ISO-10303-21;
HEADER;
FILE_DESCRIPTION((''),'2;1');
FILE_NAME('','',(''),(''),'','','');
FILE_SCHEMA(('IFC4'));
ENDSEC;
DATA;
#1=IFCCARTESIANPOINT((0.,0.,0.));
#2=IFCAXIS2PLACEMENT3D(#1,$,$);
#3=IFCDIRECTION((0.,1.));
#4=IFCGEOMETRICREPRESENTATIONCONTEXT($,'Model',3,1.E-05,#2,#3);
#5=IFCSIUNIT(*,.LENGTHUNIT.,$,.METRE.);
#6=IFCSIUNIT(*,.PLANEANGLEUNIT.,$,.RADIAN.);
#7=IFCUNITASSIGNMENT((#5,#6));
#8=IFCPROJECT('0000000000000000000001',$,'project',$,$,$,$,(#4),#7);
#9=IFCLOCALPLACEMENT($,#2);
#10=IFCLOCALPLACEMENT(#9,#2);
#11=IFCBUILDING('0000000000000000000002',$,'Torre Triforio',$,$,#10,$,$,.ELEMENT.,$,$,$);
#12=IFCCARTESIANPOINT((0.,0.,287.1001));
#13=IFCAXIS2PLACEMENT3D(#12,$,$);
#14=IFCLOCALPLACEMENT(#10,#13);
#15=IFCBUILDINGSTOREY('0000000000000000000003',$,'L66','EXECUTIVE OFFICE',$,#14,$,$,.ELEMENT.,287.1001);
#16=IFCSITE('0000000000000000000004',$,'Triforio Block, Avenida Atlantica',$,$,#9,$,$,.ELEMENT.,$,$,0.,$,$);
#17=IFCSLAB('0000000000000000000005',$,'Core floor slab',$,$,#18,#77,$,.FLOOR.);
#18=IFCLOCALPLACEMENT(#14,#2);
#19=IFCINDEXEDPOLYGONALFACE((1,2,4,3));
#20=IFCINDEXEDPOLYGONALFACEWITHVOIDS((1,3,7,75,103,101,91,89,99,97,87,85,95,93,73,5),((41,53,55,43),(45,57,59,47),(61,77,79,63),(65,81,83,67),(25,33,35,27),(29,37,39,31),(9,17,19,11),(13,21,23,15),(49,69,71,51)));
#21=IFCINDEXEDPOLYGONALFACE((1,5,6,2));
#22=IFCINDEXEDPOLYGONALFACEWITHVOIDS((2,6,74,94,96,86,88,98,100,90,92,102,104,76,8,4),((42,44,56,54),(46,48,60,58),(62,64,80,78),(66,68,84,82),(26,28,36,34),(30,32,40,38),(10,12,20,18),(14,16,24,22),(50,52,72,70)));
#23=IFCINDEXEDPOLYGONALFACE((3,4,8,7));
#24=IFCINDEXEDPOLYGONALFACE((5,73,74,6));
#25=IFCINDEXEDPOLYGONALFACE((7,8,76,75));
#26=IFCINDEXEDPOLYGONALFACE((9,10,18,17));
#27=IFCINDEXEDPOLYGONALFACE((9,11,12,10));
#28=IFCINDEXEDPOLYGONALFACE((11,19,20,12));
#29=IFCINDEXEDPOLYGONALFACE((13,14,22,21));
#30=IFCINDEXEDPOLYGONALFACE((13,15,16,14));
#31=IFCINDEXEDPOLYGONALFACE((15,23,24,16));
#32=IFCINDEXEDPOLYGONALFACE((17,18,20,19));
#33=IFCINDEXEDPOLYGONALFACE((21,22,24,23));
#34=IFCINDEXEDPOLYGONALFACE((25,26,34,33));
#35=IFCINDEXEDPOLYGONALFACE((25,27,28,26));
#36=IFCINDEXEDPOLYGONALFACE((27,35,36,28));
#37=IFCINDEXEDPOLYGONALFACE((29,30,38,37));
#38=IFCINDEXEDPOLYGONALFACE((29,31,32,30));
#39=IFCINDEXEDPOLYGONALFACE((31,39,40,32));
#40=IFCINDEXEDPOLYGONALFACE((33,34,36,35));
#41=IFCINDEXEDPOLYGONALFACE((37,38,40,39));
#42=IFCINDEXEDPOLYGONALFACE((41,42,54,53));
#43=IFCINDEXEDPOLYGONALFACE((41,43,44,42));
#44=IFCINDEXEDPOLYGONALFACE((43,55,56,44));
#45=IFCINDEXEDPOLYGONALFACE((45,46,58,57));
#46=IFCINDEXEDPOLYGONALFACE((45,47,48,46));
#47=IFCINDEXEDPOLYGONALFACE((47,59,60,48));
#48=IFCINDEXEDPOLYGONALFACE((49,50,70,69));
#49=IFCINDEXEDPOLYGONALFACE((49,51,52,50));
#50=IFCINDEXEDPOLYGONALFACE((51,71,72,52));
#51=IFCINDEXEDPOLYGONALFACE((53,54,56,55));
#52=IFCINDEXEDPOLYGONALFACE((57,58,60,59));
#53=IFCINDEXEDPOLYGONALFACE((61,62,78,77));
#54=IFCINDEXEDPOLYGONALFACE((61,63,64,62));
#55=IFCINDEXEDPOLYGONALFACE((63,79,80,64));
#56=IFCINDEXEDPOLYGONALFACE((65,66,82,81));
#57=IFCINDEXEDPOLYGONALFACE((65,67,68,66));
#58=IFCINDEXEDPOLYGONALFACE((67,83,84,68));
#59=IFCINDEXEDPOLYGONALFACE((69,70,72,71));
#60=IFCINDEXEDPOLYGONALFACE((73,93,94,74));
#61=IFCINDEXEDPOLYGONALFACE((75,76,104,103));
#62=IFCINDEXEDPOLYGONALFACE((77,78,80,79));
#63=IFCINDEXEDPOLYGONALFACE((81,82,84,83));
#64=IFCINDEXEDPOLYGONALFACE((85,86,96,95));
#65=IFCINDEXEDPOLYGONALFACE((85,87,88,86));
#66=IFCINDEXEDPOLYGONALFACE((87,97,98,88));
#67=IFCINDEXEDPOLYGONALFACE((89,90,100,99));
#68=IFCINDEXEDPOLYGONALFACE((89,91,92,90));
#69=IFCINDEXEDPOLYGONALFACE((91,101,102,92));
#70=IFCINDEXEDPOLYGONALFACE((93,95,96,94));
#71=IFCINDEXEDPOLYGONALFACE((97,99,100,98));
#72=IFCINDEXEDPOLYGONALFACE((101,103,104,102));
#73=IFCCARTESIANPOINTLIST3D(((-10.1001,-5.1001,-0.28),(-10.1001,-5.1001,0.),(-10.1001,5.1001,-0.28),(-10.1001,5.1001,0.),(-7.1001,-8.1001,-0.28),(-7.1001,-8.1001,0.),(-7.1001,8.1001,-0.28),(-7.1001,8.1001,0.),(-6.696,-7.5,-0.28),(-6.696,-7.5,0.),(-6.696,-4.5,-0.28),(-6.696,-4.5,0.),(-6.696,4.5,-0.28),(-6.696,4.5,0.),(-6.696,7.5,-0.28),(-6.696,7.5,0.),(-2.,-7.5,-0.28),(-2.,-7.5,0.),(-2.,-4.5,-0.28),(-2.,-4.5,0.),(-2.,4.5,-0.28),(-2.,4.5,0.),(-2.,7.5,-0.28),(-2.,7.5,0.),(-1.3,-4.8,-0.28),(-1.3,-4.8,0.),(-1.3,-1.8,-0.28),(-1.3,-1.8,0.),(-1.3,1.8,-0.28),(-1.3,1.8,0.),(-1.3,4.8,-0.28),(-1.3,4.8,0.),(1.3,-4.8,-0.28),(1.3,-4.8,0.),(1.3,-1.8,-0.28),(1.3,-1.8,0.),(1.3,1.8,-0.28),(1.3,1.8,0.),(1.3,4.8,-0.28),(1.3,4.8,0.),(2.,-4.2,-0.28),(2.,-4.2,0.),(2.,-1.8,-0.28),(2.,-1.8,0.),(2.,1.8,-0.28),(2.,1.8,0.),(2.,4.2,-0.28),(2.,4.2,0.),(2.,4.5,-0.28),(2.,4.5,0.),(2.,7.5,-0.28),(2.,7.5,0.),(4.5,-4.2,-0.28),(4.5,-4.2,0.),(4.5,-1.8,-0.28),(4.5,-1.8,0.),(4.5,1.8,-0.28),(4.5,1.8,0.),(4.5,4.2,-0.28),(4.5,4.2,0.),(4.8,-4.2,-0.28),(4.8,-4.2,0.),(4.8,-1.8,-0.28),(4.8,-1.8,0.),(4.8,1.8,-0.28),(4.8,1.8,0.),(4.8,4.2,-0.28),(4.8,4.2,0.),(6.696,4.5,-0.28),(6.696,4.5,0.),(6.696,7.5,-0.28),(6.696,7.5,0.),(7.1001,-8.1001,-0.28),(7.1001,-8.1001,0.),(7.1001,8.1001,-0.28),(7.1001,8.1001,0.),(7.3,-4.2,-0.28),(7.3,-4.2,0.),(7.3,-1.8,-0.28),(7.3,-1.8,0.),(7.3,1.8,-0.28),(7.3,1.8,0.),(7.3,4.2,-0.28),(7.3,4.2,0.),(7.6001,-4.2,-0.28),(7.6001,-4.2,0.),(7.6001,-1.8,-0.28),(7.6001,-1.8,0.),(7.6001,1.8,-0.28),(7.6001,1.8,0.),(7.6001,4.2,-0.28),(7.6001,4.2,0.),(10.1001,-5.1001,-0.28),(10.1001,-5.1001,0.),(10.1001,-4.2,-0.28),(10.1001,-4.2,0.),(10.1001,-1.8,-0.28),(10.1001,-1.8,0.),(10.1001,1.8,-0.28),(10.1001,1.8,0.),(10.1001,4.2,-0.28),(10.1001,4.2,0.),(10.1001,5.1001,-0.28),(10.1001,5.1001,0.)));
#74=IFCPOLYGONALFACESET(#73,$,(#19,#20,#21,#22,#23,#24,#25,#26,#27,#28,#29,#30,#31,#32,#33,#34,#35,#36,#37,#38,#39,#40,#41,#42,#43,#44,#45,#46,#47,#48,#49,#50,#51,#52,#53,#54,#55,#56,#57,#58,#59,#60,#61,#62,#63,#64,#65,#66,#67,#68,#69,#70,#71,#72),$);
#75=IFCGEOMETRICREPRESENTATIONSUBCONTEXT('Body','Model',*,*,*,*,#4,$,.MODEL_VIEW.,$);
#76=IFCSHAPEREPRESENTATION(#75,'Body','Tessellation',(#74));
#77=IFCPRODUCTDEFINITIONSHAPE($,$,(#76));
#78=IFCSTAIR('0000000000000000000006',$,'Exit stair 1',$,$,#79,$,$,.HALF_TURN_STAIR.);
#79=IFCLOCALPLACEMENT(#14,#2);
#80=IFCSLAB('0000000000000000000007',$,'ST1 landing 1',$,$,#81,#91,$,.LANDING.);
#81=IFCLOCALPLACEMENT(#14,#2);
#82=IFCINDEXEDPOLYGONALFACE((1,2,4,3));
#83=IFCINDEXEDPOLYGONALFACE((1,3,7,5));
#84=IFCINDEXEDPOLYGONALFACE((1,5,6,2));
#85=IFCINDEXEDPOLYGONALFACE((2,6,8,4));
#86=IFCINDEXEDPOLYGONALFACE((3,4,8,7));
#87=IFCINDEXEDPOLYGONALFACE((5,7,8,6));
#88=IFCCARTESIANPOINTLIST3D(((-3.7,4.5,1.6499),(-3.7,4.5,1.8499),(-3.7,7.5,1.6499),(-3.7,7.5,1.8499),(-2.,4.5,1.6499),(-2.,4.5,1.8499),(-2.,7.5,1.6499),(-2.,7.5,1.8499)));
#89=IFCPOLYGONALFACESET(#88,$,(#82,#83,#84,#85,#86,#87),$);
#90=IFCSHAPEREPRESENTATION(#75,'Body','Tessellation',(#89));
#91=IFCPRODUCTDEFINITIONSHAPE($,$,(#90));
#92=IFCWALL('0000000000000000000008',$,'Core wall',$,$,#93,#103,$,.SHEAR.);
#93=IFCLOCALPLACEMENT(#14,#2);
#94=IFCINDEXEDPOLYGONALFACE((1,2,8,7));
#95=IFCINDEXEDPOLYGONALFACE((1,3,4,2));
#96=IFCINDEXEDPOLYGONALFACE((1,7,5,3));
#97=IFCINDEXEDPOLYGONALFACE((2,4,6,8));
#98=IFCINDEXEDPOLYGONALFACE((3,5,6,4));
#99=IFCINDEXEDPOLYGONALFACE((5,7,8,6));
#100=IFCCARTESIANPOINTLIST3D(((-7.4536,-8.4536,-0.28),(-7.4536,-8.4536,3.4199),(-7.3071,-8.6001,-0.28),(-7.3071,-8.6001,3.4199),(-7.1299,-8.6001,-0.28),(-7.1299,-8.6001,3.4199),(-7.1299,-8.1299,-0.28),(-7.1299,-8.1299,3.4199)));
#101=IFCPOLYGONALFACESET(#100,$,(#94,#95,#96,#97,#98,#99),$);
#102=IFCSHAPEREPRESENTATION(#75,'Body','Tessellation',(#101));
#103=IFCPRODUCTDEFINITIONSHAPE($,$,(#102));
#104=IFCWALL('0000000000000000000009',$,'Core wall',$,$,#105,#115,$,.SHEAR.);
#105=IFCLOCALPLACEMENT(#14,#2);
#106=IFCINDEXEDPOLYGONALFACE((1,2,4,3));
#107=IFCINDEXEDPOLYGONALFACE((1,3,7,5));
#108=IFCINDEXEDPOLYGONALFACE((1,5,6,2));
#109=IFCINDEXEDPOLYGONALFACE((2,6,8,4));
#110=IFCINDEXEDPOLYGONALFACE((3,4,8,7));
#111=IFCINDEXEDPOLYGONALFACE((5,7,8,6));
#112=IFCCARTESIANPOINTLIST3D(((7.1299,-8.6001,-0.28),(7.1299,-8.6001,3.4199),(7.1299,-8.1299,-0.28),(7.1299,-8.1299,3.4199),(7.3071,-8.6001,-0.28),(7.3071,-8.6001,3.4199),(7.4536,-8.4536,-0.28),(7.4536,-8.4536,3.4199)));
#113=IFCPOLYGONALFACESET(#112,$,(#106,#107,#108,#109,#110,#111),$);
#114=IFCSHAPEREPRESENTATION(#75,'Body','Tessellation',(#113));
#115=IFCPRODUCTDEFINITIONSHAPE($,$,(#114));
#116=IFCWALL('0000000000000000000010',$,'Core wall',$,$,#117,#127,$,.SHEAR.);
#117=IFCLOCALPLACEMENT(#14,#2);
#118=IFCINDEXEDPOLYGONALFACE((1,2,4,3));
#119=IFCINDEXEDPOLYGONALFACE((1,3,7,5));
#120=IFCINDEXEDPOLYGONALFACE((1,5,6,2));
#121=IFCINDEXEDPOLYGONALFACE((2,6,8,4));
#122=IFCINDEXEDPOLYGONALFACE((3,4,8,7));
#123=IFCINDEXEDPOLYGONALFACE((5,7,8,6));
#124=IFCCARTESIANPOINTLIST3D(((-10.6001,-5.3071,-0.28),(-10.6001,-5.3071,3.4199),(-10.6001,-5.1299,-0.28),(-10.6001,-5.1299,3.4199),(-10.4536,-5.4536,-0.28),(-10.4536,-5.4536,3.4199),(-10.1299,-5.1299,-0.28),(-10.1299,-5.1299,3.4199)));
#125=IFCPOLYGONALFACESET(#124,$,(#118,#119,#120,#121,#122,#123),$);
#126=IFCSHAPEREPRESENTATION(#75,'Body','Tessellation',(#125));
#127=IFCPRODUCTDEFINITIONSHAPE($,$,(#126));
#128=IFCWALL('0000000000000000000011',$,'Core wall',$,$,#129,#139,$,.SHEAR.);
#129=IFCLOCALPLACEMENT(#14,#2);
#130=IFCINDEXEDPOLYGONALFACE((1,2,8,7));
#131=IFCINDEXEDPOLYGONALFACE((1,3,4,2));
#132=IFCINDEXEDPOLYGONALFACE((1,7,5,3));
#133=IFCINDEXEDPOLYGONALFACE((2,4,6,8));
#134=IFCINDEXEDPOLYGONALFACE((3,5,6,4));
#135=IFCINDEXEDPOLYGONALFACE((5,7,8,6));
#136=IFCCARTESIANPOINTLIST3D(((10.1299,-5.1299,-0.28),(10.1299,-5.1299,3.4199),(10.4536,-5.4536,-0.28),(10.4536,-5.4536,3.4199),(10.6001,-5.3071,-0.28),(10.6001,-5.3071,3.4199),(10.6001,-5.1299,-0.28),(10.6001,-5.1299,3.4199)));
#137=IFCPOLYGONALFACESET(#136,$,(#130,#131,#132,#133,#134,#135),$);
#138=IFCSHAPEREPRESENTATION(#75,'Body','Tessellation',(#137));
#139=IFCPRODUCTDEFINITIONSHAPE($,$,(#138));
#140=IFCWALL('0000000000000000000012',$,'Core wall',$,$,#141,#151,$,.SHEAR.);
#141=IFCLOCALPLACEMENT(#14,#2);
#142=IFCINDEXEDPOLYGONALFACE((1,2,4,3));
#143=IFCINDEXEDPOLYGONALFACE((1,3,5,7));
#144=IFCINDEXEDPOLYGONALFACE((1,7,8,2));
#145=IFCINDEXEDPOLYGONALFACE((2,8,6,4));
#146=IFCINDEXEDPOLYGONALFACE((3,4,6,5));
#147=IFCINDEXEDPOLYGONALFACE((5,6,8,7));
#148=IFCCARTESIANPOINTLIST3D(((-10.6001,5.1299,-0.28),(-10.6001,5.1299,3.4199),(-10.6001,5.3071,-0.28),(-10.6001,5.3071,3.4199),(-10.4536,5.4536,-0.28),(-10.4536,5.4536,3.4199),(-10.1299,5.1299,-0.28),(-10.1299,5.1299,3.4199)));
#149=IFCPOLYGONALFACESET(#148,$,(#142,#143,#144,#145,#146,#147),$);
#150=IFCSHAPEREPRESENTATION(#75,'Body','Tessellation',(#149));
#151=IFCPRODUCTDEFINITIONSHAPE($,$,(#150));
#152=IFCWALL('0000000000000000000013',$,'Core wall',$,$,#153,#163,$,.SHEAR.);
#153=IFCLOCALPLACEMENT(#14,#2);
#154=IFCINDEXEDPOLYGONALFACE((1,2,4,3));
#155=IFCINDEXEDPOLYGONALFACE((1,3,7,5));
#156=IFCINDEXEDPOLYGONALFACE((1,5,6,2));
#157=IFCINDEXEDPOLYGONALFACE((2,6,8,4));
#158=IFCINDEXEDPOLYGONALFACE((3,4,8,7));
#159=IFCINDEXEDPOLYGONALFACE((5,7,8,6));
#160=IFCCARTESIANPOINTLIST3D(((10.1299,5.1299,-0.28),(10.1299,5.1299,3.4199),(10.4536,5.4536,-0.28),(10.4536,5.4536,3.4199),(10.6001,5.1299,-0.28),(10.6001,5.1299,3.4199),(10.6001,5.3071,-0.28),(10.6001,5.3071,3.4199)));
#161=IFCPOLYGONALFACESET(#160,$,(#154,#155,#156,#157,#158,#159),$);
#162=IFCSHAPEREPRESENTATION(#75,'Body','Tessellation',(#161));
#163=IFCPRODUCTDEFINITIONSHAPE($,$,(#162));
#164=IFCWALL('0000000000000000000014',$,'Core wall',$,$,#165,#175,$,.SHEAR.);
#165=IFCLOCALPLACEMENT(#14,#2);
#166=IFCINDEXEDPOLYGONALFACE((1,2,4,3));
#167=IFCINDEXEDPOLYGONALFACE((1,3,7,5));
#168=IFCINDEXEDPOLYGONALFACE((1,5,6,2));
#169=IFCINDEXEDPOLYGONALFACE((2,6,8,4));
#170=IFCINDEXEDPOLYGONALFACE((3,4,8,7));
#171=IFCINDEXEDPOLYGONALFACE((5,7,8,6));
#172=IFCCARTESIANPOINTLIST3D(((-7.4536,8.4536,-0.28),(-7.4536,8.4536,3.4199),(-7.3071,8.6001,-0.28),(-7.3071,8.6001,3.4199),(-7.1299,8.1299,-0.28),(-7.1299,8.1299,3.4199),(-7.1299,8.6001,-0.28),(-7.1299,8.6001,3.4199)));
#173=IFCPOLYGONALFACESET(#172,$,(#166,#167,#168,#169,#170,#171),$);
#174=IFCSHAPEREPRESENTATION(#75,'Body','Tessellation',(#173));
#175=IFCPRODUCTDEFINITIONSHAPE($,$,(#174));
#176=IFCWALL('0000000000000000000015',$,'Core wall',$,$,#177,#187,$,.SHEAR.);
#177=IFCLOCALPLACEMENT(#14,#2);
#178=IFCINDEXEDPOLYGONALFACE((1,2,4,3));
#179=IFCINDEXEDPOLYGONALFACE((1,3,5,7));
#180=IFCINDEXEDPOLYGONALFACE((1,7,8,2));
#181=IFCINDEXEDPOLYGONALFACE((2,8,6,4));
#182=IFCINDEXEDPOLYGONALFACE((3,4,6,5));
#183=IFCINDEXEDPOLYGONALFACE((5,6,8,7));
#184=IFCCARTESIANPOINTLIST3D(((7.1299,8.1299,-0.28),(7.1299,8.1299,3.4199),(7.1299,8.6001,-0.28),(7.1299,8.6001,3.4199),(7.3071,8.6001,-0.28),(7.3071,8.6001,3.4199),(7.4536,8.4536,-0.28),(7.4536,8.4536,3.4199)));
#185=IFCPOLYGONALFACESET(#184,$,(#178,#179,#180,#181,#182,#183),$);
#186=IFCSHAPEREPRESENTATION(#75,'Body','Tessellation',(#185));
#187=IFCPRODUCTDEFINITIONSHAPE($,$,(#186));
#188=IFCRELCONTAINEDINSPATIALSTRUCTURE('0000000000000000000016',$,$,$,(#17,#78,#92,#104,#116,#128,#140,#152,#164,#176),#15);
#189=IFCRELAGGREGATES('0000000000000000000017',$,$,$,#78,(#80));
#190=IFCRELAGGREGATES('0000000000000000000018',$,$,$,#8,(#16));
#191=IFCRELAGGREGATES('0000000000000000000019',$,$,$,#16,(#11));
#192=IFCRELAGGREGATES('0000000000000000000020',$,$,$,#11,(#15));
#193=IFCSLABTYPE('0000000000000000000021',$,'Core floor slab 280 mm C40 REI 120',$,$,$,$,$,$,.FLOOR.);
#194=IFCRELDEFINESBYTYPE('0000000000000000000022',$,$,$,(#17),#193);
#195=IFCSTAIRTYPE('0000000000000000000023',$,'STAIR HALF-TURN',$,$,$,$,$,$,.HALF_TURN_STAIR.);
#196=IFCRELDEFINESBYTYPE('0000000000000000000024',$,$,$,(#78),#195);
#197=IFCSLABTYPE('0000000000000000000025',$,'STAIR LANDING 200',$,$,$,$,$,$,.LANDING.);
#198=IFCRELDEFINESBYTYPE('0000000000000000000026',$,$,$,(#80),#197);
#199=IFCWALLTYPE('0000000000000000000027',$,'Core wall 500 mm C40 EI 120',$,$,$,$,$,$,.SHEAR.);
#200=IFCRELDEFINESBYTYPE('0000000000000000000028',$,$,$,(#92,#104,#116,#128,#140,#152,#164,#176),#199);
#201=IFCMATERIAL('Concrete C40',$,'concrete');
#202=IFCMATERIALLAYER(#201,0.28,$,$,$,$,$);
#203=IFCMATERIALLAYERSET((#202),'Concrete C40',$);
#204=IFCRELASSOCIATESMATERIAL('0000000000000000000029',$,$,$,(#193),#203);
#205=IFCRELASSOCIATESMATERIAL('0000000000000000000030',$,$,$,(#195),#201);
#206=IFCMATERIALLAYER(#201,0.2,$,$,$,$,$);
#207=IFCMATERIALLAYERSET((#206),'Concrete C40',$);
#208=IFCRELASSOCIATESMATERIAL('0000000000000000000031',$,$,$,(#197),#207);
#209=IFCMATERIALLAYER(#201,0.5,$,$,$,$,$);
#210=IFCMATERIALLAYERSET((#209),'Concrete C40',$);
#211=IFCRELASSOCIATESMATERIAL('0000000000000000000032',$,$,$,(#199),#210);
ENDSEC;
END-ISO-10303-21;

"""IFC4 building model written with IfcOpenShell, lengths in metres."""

from ifc_helpers import new_model, si_unit, direction, frame, origin, place, context, subcontext, project, spatial, polyline, outline, extrude, material, layer, layer_set, type_object, element, aggregate, save


model = new_model("IFC4")

# Units and contexts
model_context = context("Model", 3, precision=1e-05, world=origin(), true_north=direction((0.0, 1.0)))
body_context = subcontext(model_context, "Body", "Model", "MODEL_VIEW")
ifc_project = project(units=[si_unit("LENGTHUNIT", "METRE"), si_unit("PLANEANGLEUNIT", "RADIAN")], contexts=[model_context])

# Site, building, storey
site_placement = place(None, origin())
site = spatial("IfcSite", under=ifc_project, at=site_placement, Name="Triforio Block, Avenida Atlantica", CompositionType="ELEMENT", RefElevation=0.0)
building_placement = place(site_placement, origin())
building = spatial("IfcBuilding", under=site, at=building_placement, Name="Torre Triforio", CompositionType="ELEMENT")
storey_placement = place(building_placement, frame((0.0, 0.0, 287.1001)))
storey = spatial("IfcBuildingStorey", under=building, at=storey_placement, Name="L66", Description="EXECUTIVE OFFICE", CompositionType="ELEMENT", Elevation=287.1001)

# Slab
ifc_material_1 = material(Name="Concrete C40", Category="concrete")
ifc_layer_1 = layer(ifc_material_1, 0.28)
ifc_layer_set_1 = layer_set([ifc_layer_1], Name="Concrete C40")
slab_type_1 = type_object("IfcSlabType", Name="Core floor slab 280 mm C40 REI 120", PredefinedType="FLOOR", material=ifc_layer_set_1)
slab_1_placement = place(storey_placement, frame((0.0, 0.0, -0.28)))
element("IfcSlab", 1, at=slab_1_placement, inside=storey, type_object=slab_type_1, Name="Core floor slab", PredefinedType="FLOOR", context=body_context, shape_type="SweptSolid", body=[
    extrude(outline(polyline([(10.1001, -5.1001), (7.1001, -8.1001), (-7.1001, -8.1001), (-10.1001, -5.1001), (-10.1001, 5.1001), (-7.1001, 8.1001), (7.1001, 8.1001), (10.1001, 5.1001), (10.1001, 4.2), (7.6001, 4.2), (7.6001, 1.8), (10.1001, 1.8), (10.1001, -1.8), (7.6001, -1.8), (7.6001, -4.2), (10.1001, -4.2), (10.1001, -5.1001)]), holes=[polyline([(-6.696, -4.5), (-6.696, -7.5), (-2.0, -7.5), (-2.0, -4.5), (-6.696, -4.5)]), polyline([(-1.3, -1.8), (-1.3, -4.8), (1.3, -4.8), (1.3, -1.8), (-1.3, -1.8)]), polyline([(2.0, -1.8), (2.0, -4.2), (4.5, -4.2), (4.5, -1.8), (2.0, -1.8)]), polyline([(4.5, 4.2), (2.0, 4.2), (2.0, 1.8), (4.5, 1.8), (4.5, 4.2)]), polyline([(1.3, 4.8), (-1.3, 4.8), (-1.3, 1.8), (1.3, 1.8), (1.3, 4.8)]), polyline([(-6.696, 7.5), (-6.696, 4.5), (-2.0, 4.5), (-2.0, 7.5), (-6.696, 7.5)]), polyline([(7.3, -1.8), (4.8, -1.8), (4.8, -4.2), (7.3, -4.2), (7.3, -1.8)]), polyline([(4.8, 4.2), (4.8, 1.8), (7.3, 1.8), (7.3, 4.2), (4.8, 4.2)]), polyline([(6.696, 7.5), (2.0, 7.5), (2.0, 4.5), (6.696, 4.5), (6.696, 7.5)])]), origin(), (0.0, 0.0, 1.0), 0.28),
])

# Stair, slab
stair_type = type_object("IfcStairType", Name="STAIR HALF-TURN", PredefinedType="HALF_TURN_STAIR", material=ifc_material_1)
stair_placement = place(storey_placement, origin())
stair = element("IfcStair", 2, at=stair_placement, inside=storey, type_object=stair_type, Name="Exit stair 1", PredefinedType="HALF_TURN_STAIR")
ifc_layer_2 = layer(ifc_material_1, 0.2)
ifc_layer_set_2 = layer_set([ifc_layer_2], Name="Concrete C40")
slab_type_2 = type_object("IfcSlabType", Name="STAIR LANDING 200", PredefinedType="LANDING", material=ifc_layer_set_2)
slab_2_placement = place(storey_placement, frame((0.0, 0.0, 1.6499)))
slab_2 = element("IfcSlab", 3, at=slab_2_placement, type_object=slab_type_2, Name="ST1 landing 1", PredefinedType="LANDING", context=body_context, shape_type="SweptSolid", body=[
    extrude(outline(polyline([(-2.0, 4.5), (-2.0, 7.5), (-3.7, 7.5), (-3.7, 4.5), (-2.0, 4.5)])), origin(), (0.0, 0.0, 1.0), 0.2),
])
aggregate(stair, [slab_2])

# Walls
ifc_layer_3 = layer(ifc_material_1, 0.5)
ifc_layer_set_3 = layer_set([ifc_layer_3], Name="Concrete C40")
wall_type_1 = type_object("IfcWallType", Name="Core wall 500 mm C40 EI 120", PredefinedType="SHEAR", material=ifc_layer_set_3)
wall_1_placement = place(storey_placement, frame((0.0, 0.0, -0.28)))
element("IfcWall", 4, at=wall_1_placement, inside=storey, type_object=wall_type_1, Name="Core wall", PredefinedType="SHEAR", context=body_context, shape_type="SweptSolid", body=[
    extrude(outline(polyline([(-7.3071, -8.6001), (-7.4536, -8.4536), (-7.1299, -8.1299), (-7.1299, -8.6001), (-7.3071, -8.6001)])), origin(), (0.0, 0.0, 1.0), 3.7),
])
wall_2_placement = place(storey_placement, frame((0.0, 0.0, -0.28)))
element("IfcWall", 5, at=wall_2_placement, inside=storey, type_object=wall_type_1, Name="Core wall", PredefinedType="SHEAR", context=body_context, shape_type="SweptSolid", body=[
    extrude(outline(polyline([(7.3071, -8.6001), (7.1299, -8.6001), (7.1299, -8.1299), (7.4536, -8.4536), (7.3071, -8.6001)])), origin(), (0.0, 0.0, 1.0), 3.7),
])
wall_3_placement = place(storey_placement, frame((0.0, 0.0, -0.28)))
element("IfcWall", 6, at=wall_3_placement, inside=storey, type_object=wall_type_1, Name="Core wall", PredefinedType="SHEAR", context=body_context, shape_type="SweptSolid", body=[
    extrude(outline(polyline([(-10.6001, -5.3071), (-10.6001, -5.1299), (-10.1299, -5.1299), (-10.4536, -5.4536), (-10.6001, -5.3071)])), origin(), (0.0, 0.0, 1.0), 3.7),
])
wall_4_placement = place(storey_placement, frame((0.0, 0.0, -0.28)))
element("IfcWall", 7, at=wall_4_placement, inside=storey, type_object=wall_type_1, Name="Core wall", PredefinedType="SHEAR", context=body_context, shape_type="SweptSolid", body=[
    extrude(outline(polyline([(10.6001, -5.3071), (10.4536, -5.4536), (10.1299, -5.1299), (10.6001, -5.1299), (10.6001, -5.3071)])), origin(), (0.0, 0.0, 1.0), 3.7),
])
wall_5_placement = place(storey_placement, frame((0.0, 0.0, -0.28)))
element("IfcWall", 8, at=wall_5_placement, inside=storey, type_object=wall_type_1, Name="Core wall", PredefinedType="SHEAR", context=body_context, shape_type="SweptSolid", body=[
    extrude(outline(polyline([(-10.4536, 5.4536), (-10.1299, 5.1299), (-10.6001, 5.1299), (-10.6001, 5.3071), (-10.4536, 5.4536)])), origin(), (0.0, 0.0, 1.0), 3.7),
])
wall_6_placement = place(storey_placement, frame((0.0, 0.0, -0.28)))
element("IfcWall", 9, at=wall_6_placement, inside=storey, type_object=wall_type_1, Name="Core wall", PredefinedType="SHEAR", context=body_context, shape_type="SweptSolid", body=[
    extrude(outline(polyline([(10.6001, 5.3071), (10.6001, 5.1299), (10.1299, 5.1299), (10.4536, 5.4536), (10.6001, 5.3071)])), origin(), (0.0, 0.0, 1.0), 3.7),
])
wall_7_placement = place(storey_placement, frame((0.0, 0.0, -0.28)))
element("IfcWall", 10, at=wall_7_placement, inside=storey, type_object=wall_type_1, Name="Core wall", PredefinedType="SHEAR", context=body_context, shape_type="SweptSolid", body=[
    extrude(outline(polyline([(-7.3071, 8.6001), (-7.1299, 8.6001), (-7.1299, 8.1299), (-7.4536, 8.4536), (-7.3071, 8.6001)])), origin(), (0.0, 0.0, 1.0), 3.7),
])
wall_8_placement = place(storey_placement, frame((0.0, 0.0, -0.28)))
element("IfcWall", 11, at=wall_8_placement, inside=storey, type_object=wall_type_1, Name="Core wall", PredefinedType="SHEAR", context=body_context, shape_type="SweptSolid", body=[
    extrude(outline(polyline([(7.3071, 8.6001), (7.4536, 8.4536), (7.1299, 8.1299), (7.1299, 8.6001), (7.3071, 8.6001)])), origin(), (0.0, 0.0, 1.0), 3.7),
])

save(model, "model.ifc")
